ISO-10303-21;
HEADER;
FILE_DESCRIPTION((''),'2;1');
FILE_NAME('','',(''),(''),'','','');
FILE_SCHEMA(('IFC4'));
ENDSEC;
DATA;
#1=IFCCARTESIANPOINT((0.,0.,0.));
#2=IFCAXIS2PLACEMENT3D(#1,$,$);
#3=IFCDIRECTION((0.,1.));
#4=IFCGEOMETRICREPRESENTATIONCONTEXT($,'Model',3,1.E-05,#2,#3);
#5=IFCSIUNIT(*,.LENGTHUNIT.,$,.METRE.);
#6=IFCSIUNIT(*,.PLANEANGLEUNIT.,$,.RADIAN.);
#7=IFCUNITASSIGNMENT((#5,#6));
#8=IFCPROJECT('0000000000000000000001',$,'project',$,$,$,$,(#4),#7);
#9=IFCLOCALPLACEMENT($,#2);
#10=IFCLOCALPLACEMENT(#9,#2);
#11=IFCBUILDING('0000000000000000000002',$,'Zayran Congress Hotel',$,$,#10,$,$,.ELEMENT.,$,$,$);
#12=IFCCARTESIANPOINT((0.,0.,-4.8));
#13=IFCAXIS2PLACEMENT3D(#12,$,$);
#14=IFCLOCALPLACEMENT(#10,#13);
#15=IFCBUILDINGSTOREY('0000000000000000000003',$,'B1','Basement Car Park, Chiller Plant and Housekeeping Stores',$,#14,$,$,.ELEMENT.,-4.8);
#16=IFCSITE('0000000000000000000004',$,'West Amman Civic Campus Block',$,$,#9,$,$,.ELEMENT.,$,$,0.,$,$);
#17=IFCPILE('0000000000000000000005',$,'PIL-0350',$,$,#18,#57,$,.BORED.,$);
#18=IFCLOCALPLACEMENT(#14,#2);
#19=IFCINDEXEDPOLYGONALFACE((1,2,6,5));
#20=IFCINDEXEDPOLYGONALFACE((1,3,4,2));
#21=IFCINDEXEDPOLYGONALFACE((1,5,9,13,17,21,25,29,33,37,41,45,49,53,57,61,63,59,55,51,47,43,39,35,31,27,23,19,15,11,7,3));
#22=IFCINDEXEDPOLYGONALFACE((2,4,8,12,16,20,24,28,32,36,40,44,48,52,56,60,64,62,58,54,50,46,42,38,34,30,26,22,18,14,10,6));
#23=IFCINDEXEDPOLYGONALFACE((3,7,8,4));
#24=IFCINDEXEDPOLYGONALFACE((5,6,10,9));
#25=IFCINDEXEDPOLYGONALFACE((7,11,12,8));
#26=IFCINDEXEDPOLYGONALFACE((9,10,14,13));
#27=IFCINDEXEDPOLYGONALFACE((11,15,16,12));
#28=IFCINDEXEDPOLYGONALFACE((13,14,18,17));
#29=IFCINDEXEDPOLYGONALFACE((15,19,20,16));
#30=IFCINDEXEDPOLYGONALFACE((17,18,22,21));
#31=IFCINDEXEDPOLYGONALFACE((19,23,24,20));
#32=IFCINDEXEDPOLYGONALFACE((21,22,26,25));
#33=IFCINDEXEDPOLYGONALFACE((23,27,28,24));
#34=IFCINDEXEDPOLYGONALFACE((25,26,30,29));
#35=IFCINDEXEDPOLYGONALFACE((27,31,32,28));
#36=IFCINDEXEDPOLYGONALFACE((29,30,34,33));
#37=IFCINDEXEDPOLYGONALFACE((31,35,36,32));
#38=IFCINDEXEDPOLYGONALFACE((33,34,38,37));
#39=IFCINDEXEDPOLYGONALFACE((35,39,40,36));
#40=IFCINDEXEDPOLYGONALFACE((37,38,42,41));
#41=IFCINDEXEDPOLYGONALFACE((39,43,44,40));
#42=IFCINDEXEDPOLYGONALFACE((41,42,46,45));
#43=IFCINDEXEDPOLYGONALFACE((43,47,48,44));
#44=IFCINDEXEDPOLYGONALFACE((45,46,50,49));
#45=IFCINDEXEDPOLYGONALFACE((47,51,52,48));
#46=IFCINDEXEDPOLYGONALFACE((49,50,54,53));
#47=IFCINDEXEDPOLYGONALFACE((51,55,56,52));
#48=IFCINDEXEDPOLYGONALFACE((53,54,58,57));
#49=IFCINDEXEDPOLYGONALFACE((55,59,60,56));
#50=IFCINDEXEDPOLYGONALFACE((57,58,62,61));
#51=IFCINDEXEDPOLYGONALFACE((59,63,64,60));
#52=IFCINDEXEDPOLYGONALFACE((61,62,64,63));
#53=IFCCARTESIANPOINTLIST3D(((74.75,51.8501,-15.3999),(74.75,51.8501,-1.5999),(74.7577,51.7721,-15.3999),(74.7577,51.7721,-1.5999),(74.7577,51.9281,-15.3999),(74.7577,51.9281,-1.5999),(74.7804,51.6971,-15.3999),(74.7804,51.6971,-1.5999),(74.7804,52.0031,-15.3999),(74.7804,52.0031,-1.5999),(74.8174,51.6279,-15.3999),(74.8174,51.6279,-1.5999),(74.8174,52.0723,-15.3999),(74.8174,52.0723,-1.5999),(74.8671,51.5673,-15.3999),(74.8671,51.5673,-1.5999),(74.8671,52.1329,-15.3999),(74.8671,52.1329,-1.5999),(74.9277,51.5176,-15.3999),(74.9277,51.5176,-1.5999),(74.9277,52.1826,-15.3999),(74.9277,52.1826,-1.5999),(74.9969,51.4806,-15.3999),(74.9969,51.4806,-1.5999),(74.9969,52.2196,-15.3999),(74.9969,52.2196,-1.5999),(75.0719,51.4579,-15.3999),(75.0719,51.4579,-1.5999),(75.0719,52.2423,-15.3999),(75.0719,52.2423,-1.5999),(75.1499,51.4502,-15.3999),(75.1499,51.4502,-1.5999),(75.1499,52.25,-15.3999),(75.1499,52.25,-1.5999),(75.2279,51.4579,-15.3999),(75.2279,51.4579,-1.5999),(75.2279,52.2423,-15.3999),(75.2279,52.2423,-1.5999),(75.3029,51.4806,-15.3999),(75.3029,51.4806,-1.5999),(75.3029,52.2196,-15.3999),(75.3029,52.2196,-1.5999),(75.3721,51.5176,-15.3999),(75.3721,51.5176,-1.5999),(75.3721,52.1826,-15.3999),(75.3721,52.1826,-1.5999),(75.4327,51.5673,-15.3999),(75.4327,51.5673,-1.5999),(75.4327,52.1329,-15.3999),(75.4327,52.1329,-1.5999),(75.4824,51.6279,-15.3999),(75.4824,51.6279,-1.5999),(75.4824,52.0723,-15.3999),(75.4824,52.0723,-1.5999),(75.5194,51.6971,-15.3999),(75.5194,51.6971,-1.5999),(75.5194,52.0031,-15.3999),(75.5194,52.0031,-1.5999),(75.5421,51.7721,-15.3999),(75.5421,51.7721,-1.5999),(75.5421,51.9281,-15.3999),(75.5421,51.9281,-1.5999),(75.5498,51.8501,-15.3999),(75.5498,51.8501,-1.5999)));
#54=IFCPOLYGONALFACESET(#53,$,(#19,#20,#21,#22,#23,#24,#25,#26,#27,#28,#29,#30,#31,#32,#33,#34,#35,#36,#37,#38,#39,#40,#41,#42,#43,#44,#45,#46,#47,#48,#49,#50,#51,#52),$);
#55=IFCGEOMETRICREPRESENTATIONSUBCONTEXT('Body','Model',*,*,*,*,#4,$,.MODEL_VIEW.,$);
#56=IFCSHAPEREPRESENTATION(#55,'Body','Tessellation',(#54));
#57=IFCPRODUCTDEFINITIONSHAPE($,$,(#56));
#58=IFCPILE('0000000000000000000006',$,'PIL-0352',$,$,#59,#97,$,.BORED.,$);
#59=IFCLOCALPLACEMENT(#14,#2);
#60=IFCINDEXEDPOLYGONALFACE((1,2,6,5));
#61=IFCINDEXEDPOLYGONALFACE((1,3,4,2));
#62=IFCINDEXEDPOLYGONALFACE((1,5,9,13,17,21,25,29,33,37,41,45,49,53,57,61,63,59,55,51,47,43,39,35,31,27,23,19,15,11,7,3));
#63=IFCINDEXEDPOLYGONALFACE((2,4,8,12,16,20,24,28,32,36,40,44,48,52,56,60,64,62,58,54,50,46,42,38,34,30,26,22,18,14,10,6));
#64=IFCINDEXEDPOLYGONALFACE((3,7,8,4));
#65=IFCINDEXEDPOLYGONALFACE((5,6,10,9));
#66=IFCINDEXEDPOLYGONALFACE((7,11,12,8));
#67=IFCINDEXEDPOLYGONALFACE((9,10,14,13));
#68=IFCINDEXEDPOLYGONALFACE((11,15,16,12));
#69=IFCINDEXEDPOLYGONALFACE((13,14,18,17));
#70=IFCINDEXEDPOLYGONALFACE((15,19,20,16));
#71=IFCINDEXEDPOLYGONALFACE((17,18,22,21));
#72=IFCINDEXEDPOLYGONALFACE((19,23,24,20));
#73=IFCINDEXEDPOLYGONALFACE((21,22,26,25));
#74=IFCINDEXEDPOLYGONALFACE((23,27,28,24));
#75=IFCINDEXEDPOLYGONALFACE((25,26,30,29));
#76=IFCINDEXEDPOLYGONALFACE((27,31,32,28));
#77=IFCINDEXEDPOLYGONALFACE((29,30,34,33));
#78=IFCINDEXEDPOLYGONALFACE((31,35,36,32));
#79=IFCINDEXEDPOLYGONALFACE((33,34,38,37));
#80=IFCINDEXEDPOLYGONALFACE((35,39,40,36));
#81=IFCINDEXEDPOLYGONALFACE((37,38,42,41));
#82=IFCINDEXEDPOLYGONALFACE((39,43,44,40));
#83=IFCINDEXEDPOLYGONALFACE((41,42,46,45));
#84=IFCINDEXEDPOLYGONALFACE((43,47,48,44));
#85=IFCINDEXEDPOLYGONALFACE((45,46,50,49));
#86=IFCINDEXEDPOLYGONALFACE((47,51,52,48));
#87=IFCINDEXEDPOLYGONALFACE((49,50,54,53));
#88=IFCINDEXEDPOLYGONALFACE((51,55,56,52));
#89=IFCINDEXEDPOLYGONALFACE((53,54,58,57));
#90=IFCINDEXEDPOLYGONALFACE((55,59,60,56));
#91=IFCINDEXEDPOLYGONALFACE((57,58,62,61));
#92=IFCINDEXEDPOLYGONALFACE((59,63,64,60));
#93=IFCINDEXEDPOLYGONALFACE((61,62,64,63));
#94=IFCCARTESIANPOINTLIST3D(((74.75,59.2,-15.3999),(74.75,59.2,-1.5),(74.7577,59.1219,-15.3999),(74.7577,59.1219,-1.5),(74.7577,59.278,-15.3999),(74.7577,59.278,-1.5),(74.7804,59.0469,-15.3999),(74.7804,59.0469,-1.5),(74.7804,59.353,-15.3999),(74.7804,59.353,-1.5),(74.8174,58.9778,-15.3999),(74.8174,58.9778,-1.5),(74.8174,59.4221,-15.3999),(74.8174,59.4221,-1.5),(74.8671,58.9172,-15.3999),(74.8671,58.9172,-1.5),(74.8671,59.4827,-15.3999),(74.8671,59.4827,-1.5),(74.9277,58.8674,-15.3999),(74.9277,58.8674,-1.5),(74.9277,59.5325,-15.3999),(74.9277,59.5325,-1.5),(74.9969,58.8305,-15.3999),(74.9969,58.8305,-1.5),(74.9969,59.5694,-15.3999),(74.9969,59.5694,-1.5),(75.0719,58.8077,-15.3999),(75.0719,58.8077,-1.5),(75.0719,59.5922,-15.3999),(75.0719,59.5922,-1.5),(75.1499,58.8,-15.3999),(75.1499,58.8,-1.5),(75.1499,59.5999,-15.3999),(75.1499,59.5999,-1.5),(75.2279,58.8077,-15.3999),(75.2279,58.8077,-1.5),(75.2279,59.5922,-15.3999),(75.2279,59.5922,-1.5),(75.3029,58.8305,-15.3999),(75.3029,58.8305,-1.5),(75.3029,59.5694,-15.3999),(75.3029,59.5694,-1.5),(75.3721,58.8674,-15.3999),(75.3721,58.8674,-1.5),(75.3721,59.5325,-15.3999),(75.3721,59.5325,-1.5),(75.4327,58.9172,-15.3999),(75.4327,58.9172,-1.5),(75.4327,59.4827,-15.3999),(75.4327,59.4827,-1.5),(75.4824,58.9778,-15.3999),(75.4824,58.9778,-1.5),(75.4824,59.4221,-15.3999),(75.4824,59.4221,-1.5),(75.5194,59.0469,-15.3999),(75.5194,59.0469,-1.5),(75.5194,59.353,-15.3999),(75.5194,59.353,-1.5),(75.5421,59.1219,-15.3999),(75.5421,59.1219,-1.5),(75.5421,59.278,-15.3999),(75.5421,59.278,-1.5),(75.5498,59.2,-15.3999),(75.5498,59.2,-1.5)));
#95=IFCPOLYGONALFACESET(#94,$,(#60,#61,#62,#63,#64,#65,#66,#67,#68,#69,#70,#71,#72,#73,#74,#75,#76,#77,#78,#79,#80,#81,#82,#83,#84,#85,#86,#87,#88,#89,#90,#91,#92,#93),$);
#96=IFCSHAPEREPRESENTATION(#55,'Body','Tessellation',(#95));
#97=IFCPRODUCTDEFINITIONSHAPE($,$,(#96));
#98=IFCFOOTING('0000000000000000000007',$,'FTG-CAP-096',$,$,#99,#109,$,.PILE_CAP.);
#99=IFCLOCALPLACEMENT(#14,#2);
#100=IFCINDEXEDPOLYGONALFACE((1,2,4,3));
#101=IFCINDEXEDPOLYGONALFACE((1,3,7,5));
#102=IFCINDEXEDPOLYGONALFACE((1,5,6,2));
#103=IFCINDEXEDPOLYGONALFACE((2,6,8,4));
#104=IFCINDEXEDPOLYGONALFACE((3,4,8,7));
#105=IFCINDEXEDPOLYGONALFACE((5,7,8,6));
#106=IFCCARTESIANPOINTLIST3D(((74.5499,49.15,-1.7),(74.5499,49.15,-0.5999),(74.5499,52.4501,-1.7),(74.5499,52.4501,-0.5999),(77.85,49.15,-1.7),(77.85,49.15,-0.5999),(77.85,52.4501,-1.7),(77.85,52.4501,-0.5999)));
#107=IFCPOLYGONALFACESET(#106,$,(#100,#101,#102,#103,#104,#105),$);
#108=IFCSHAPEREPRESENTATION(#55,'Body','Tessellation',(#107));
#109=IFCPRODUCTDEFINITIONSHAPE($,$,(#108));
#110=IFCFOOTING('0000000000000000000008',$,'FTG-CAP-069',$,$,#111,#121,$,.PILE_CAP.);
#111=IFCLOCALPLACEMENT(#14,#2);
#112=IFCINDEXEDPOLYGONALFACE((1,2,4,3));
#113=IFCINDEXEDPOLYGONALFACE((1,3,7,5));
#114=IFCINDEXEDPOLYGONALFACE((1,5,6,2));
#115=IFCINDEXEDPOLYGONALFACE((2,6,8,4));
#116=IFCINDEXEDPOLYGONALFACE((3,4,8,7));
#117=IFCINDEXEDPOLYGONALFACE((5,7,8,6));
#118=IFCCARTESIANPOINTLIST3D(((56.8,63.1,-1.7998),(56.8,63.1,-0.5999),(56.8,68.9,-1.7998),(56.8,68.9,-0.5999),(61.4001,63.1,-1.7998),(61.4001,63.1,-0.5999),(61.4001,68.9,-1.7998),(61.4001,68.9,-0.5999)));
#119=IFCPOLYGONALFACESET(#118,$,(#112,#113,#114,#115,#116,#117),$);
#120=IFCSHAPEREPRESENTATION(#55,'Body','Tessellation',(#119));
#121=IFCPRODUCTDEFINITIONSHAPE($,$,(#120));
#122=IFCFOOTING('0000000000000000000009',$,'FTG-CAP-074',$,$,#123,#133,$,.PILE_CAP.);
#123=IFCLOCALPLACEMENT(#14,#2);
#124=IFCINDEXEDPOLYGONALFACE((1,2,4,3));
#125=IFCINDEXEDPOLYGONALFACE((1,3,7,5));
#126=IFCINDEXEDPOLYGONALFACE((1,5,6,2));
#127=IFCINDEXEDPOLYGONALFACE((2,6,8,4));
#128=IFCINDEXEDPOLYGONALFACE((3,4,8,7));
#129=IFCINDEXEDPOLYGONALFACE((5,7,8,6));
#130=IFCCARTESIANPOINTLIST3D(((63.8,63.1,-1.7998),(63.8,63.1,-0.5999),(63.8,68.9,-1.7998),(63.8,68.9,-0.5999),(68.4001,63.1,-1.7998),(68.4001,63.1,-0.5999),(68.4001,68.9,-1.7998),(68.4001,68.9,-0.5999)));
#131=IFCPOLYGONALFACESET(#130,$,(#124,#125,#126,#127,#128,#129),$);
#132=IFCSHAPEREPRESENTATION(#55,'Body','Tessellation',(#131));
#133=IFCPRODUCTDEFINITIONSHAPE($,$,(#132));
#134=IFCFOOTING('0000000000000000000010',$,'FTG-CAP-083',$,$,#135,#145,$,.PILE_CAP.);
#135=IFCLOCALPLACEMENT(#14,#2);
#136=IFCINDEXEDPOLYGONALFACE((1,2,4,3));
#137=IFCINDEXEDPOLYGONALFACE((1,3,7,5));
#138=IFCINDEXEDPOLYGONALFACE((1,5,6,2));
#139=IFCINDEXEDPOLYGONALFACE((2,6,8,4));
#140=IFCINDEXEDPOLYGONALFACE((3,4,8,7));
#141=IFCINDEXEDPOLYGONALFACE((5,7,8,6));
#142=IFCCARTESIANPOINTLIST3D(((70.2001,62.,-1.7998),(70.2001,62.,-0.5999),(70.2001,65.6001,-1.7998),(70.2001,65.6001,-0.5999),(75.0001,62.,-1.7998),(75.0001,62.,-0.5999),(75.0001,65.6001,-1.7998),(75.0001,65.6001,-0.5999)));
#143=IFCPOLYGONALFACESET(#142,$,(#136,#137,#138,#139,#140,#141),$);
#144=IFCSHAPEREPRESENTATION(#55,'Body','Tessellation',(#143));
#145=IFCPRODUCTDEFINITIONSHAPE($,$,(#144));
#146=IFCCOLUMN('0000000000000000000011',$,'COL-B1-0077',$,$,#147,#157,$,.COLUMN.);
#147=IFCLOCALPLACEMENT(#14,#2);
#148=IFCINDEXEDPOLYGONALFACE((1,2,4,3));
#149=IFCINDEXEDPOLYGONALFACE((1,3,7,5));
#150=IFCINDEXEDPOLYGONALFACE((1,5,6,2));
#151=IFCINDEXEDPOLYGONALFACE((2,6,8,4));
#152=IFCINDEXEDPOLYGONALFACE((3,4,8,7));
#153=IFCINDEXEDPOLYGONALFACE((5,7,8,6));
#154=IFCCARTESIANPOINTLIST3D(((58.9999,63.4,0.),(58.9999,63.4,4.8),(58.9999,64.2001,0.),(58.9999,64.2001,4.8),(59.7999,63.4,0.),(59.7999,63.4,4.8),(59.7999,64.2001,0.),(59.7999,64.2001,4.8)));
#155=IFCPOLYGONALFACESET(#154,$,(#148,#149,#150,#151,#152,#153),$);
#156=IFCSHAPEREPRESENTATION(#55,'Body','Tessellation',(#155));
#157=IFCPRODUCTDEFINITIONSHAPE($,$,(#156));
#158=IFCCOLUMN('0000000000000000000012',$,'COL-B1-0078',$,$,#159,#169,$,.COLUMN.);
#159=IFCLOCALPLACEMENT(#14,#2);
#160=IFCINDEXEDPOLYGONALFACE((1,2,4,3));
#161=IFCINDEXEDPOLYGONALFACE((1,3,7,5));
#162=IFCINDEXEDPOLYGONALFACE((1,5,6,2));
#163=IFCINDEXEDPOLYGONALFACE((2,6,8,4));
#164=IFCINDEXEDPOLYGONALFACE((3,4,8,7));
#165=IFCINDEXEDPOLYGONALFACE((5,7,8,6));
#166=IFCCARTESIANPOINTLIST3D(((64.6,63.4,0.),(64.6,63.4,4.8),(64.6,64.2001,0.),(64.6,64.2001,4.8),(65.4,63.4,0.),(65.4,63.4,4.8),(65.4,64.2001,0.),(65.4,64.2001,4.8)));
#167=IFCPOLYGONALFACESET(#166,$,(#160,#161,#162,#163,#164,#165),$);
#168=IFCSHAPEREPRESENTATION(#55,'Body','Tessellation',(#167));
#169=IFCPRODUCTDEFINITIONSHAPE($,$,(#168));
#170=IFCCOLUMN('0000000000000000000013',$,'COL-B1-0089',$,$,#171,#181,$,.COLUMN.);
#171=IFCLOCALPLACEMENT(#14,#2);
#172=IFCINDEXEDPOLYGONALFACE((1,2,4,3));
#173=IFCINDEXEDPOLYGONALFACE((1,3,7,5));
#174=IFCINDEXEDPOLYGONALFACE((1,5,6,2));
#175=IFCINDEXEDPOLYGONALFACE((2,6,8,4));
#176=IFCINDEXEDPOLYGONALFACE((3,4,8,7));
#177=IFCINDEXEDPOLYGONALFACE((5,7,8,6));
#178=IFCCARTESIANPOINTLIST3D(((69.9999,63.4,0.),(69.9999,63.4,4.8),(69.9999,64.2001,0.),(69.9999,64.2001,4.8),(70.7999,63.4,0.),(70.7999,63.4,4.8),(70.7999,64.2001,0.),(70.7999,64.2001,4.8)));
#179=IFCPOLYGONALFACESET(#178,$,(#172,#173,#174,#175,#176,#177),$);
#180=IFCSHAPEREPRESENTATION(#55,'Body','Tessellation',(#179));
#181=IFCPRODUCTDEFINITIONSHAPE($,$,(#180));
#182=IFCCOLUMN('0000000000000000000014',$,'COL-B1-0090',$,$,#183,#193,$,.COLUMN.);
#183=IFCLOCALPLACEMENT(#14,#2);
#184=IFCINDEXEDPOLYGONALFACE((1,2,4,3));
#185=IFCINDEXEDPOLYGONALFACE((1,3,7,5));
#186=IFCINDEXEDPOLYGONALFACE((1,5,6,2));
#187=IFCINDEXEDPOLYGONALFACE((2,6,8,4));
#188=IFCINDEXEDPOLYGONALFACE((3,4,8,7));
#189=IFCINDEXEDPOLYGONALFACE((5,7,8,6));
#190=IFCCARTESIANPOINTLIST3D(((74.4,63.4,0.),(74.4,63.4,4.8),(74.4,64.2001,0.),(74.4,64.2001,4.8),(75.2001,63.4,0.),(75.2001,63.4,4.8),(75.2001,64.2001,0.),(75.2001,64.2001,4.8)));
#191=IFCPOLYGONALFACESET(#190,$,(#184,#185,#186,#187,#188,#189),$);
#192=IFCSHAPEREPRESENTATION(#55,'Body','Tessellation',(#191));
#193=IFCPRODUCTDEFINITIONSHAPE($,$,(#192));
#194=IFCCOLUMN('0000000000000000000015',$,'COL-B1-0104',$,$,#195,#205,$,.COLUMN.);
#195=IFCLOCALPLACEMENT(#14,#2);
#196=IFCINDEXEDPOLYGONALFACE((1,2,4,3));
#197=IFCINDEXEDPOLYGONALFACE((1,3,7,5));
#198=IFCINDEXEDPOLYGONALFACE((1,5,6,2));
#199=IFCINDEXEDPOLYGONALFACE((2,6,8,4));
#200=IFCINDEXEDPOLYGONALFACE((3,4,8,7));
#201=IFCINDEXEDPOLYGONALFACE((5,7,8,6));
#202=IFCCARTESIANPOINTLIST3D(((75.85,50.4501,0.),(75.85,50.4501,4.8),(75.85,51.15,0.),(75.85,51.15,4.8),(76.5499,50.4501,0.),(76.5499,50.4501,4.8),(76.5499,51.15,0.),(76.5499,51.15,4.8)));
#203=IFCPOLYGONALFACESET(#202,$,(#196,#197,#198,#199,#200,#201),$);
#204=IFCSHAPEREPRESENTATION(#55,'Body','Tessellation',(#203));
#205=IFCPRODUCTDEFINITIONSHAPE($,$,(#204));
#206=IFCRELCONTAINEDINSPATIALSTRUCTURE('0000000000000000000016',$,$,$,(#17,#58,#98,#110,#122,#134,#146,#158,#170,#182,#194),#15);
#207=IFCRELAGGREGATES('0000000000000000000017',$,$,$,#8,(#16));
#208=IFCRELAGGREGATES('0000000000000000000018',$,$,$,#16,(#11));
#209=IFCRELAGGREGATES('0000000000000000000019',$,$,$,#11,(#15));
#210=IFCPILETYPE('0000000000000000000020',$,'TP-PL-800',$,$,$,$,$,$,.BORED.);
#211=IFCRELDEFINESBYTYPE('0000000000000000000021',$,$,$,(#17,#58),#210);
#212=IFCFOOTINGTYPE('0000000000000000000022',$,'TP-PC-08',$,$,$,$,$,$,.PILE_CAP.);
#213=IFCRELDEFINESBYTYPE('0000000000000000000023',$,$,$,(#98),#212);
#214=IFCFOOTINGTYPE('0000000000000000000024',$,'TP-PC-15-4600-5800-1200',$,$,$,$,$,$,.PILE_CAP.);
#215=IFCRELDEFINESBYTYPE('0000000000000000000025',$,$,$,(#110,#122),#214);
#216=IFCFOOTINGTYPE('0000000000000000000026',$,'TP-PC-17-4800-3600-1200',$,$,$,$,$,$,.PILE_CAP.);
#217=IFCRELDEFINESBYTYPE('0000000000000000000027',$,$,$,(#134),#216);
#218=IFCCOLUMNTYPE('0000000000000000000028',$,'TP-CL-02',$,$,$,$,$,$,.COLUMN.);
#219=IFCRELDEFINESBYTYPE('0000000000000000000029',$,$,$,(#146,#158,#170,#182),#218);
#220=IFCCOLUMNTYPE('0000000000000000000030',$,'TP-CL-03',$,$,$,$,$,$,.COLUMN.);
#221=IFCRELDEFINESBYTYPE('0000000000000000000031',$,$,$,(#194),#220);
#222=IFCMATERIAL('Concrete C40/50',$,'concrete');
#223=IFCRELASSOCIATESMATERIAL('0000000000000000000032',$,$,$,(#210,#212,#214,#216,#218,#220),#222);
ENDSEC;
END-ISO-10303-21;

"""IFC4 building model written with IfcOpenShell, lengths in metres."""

from ifc_helpers import new_model, si_unit, direction, frame, origin, origin_2d, place, context, subcontext, project, spatial, rectangle, circle, extrude, material, material_profile, profile_set, type_object, element, save


model = new_model("IFC4")

# Units and contexts
model_context = context("Model", 3, precision=1e-05, world=origin(), true_north=direction((0.0, 1.0)))
body_context = subcontext(model_context, "Body", "Model", "MODEL_VIEW")
ifc_project = project(units=[si_unit("LENGTHUNIT", "METRE"), si_unit("PLANEANGLEUNIT", "RADIAN")], contexts=[model_context])

# Site, building, storey
site_placement = place(None, origin())
site = spatial("IfcSite", under=ifc_project, at=site_placement, Name="West Amman Civic Campus Block", CompositionType="ELEMENT", RefElevation=0.0)
building_placement = place(site_placement, origin())
building = spatial("IfcBuilding", under=site, at=building_placement, Name="Zayran Congress Hotel", CompositionType="ELEMENT")
storey_placement = place(building_placement, frame((0.0, 0.0, -4.8)))
storey = spatial("IfcBuildingStorey", under=building, at=storey_placement, Name="B1", Description="Basement Car Park, Chiller Plant and Housekeeping Stores", CompositionType="ELEMENT", Elevation=-4.8)

# Piles
ifc_material_1 = material(Name="Concrete C40/50", Category="concrete")
ifc_material_profile_1 = material_profile(ifc_material_1, circle(Radius=0.3999, at=origin_2d()), Name="PILE D800")
ifc_profile_set_1 = profile_set([ifc_material_profile_1], Name="Concrete C40/50")
pile_type_1 = type_object("IfcPileType", Name="TP-PL-800", PredefinedType="BORED", material=ifc_profile_set_1)
for number, where, z_axis, x_axis, name in (
    (1, (75.1499, 51.8501, -1.5999), (0.0, 0.0, -1.0), (1.0, 0.0, 0.0), "PIL-0350"),
):
    element("IfcPile", number, at=place(storey_placement, frame(where, z_axis=z_axis, x_axis=x_axis)), inside=storey, type_object=pile_type_1, Name=name, PredefinedType="BORED", context=body_context, shape_type="SweptSolid", body=[
        extrude(circle(Radius=0.3999, at=origin_2d()), origin(), (0.0, 0.0, 1.0), 13.8),
    ])
pile_1_placement = place(storey_placement, frame((75.1499, 59.2, -1.5), z_axis=(0.0, 0.0, -1.0), x_axis=(1.0, 0.0, 0.0)))
element("IfcPile", 2, at=pile_1_placement, inside=storey, type_object=pile_type_1, Name="PIL-0352", PredefinedType="BORED", context=body_context, shape_type="SweptSolid", body=[
    extrude(circle(Radius=0.3999, at=origin_2d()), origin(), (0.0, 0.0, 1.0), 13.8999),
])

# Footings
footing_type_1 = type_object("IfcFootingType", Name="TP-PC-08", PredefinedType="PILE_CAP", material=ifc_material_1)
footing_1_placement = place(storey_placement, frame((76.2, 50.8, -1.7), z_axis=(0.0, 0.0, 1.0), x_axis=(1.0, 0.0, 0.0)))
element("IfcFooting", 3, at=footing_1_placement, inside=storey, type_object=footing_type_1, Name="FTG-CAP-096", PredefinedType="PILE_CAP", context=body_context, shape_type="SweptSolid", body=[
    extrude(rectangle(XDim=3.3, YDim=3.3, at=origin_2d()), origin(), (0.0, 0.0, 1.0), 1.1001),
])
footing_type_2 = type_object("IfcFootingType", Name="TP-PC-15-4600-5800-1200", PredefinedType="PILE_CAP", material=ifc_material_1)
for number, where, z_axis, x_axis, name in (
    (4, (59.1001, 66.0, -1.7998), (0.0, 0.0, 1.0), (1.0, 0.0, 0.0), "FTG-CAP-069"),
    (5, (66.1001, 66.0, -1.7998), (0.0, 0.0, 1.0), (1.0, 0.0, 0.0), "FTG-CAP-074"),
):
    element("IfcFooting", number, at=place(storey_placement, frame(where, z_axis=z_axis, x_axis=x_axis)), inside=storey, type_object=footing_type_2, Name=name, PredefinedType="PILE_CAP", context=body_context, shape_type="SweptSolid", body=[
        extrude(rectangle(XDim=4.6001, YDim=5.8, at=origin_2d()), origin(), (0.0, 0.0, 1.0), 1.2),
    ])
footing_type_3 = type_object("IfcFootingType", Name="TP-PC-17-4800-3600-1200", PredefinedType="PILE_CAP", material=ifc_material_1)
footing_2_placement = place(storey_placement, frame((72.6001, 63.8, -1.7998), z_axis=(0.0, 0.0, 1.0), x_axis=(1.0, 0.0, 0.0)))
element("IfcFooting", 6, at=footing_2_placement, inside=storey, type_object=footing_type_3, Name="FTG-CAP-083", PredefinedType="PILE_CAP", context=body_context, shape_type="SweptSolid", body=[
    extrude(rectangle(XDim=4.8, YDim=3.6001, at=origin_2d()), origin(), (0.0, 0.0, 1.0), 1.2),
])

# Columns
ifc_material_profile_2 = material_profile(ifc_material_1, rectangle(XDim=0.8, YDim=0.8, at=origin_2d()), Name="RC 800x800")
ifc_profile_set_2 = profile_set([ifc_material_profile_2], Name="Concrete C40/50")
column_type_1 = type_object("IfcColumnType", Name="TP-CL-02", PredefinedType="COLUMN", material=ifc_profile_set_2)
for number, where, z_axis, x_axis, name in (
    (7, (59.3999, 63.8, 0.0), (0.0, 0.0, 1.0), (1.0, 0.0, 0.0), "COL-B1-0077"),
    (8, (65.0, 63.8, 0.0), (0.0, 0.0, 1.0), (1.0, 0.0, 0.0), "COL-B1-0078"),
    (9, (70.3999, 63.8, 0.0), (0.0, 0.0, 1.0), (1.0, 0.0, 0.0), "COL-B1-0089"),
    (10, (74.8, 63.8, 0.0), (0.0, 0.0, 1.0), (1.0, 0.0, 0.0), "COL-B1-0090"),
):
    element("IfcColumn", number, at=place(storey_placement, frame(where, z_axis=z_axis, x_axis=x_axis)), inside=storey, type_object=column_type_1, Name=name, PredefinedType="COLUMN", context=body_context, shape_type="SweptSolid", body=[
        extrude(rectangle(XDim=0.8, YDim=0.8, at=origin_2d()), origin(), (0.0, 0.0, 1.0), 4.8),
    ])
ifc_material_profile_3 = material_profile(ifc_material_1, rectangle(XDim=0.7, YDim=0.7, at=origin_2d()), Name="RC 700x700")
ifc_profile_set_3 = profile_set([ifc_material_profile_3], Name="Concrete C40/50")
column_type_2 = type_object("IfcColumnType", Name="TP-CL-03", PredefinedType="COLUMN", material=ifc_profile_set_3)
column_placement = place(storey_placement, frame((76.2, 50.8, 0.0), z_axis=(0.0, 0.0, 1.0), x_axis=(1.0, 0.0, 0.0)))
element("IfcColumn", 11, at=column_placement, inside=storey, type_object=column_type_2, Name="COL-B1-0104", PredefinedType="COLUMN", context=body_context, shape_type="SweptSolid", body=[
    extrude(rectangle(XDim=0.7, YDim=0.7, at=origin_2d()), origin(), (0.0, 0.0, 1.0), 4.8),
])

save(model, "model.ifc")
